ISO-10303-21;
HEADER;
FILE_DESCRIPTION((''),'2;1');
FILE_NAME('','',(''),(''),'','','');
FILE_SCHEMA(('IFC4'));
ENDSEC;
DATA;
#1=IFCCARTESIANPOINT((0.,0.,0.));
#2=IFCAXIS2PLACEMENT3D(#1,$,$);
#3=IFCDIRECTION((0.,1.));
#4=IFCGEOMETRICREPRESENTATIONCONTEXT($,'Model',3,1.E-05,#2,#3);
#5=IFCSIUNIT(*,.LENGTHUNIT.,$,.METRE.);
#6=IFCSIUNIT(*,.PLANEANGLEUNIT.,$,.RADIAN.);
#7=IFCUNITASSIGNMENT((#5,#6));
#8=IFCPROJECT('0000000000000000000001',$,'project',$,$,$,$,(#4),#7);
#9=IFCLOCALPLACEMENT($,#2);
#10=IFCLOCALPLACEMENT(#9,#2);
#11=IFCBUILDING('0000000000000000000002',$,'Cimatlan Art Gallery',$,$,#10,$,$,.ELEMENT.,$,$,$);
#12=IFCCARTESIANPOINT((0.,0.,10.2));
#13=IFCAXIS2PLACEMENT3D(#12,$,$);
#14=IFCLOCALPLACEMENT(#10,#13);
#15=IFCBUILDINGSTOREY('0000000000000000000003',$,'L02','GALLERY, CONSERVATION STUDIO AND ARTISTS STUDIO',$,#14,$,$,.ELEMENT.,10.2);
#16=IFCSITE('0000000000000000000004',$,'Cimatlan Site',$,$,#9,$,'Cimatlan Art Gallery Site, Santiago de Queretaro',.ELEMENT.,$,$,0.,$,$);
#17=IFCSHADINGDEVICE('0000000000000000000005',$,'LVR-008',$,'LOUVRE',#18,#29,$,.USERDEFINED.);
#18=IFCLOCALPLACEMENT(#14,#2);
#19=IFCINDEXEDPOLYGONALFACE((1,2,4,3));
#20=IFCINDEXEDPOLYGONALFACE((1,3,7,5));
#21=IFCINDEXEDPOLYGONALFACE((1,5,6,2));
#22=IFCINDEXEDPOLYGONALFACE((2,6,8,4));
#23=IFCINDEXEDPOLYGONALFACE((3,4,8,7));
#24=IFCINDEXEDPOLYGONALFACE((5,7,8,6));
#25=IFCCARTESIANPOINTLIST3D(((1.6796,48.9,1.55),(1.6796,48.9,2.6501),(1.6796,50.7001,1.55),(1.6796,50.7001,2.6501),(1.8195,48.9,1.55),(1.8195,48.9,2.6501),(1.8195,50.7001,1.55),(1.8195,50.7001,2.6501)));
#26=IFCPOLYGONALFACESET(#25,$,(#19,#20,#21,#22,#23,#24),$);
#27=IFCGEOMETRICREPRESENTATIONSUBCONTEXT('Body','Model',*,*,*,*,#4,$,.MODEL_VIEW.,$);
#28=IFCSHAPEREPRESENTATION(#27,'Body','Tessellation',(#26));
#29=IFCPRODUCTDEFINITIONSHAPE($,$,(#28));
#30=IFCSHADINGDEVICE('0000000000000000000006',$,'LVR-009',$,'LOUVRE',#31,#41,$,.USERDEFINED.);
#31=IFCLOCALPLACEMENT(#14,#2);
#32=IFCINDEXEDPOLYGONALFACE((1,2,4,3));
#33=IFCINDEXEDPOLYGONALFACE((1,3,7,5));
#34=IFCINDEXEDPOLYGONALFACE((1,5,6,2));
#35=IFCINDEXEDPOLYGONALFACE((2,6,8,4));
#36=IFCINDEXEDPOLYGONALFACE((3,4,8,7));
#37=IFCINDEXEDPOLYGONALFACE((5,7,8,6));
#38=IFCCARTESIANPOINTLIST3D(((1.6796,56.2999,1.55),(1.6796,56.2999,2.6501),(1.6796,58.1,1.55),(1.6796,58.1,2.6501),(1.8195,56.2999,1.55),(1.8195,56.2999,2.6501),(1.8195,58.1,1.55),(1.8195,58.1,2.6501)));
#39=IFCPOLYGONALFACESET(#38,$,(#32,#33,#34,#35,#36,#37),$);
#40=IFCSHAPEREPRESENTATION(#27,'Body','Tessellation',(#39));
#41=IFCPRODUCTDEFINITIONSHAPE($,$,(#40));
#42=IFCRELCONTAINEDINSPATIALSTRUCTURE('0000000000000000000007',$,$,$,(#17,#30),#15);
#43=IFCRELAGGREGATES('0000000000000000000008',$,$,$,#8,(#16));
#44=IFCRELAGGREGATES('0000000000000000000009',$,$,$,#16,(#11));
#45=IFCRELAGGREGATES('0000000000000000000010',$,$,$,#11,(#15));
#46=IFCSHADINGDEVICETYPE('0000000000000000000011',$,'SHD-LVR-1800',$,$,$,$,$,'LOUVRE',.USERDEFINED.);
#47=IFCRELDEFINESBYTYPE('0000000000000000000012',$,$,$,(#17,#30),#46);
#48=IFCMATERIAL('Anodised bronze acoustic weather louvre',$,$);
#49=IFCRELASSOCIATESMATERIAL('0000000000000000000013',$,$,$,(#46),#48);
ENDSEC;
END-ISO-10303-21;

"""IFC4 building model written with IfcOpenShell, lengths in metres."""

from ifc_helpers import new_model, si_unit, direction, frame, origin, origin_2d, place, context, subcontext, project, spatial, rectangle, extrude, material, type_object, element, save


model = new_model("IFC4")

# Units and contexts
model_context = context("Model", 3, precision=1e-05, world=origin(), true_north=direction((0.0, 1.0)))
body_context = subcontext(model_context, "Body", "Model", "MODEL_VIEW")
ifc_project = project(units=[si_unit("LENGTHUNIT", "METRE"), si_unit("PLANEANGLEUNIT", "RADIAN")], contexts=[model_context])

# Site, building, storey
site_placement = place(None, origin())
site = spatial("IfcSite", under=ifc_project, at=site_placement, Name="Cimatlan Site", LongName="Cimatlan Art Gallery Site, Santiago de Queretaro", CompositionType="ELEMENT", RefElevation=0.0)
building_placement = place(site_placement, origin())
building = spatial("IfcBuilding", under=site, at=building_placement, Name="Cimatlan Art Gallery", CompositionType="ELEMENT")
storey_placement = place(building_placement, frame((0.0, 0.0, 10.2)))
storey = spatial("IfcBuildingStorey", under=building, at=storey_placement, Name="L02", Description="GALLERY, CONSERVATION STUDIO AND ARTISTS STUDIO", CompositionType="ELEMENT", Elevation=10.2)

# Shading devices
ifc_material_1 = material(Name="Anodised bronze acoustic weather louvre")
shading_device_type_1 = type_object("IfcShadingDeviceType", Name="SHD-LVR-1800", ElementType="LOUVRE", PredefinedType="USERDEFINED", material=ifc_material_1)
for number, where, z_axis, x_axis, name in (
    (1, (1.7495, 49.8, 1.55), (0.0, 0.0, 1.0), (0.0, 1.0, 0.0), "LVR-008"),
    (2, (1.7495, 57.2, 1.55), (0.0, 0.0, 1.0), (0.0, 1.0, 0.0), "LVR-009"),
):
    element("IfcShadingDevice", number, at=place(storey_placement, frame(where, z_axis=z_axis, x_axis=x_axis)), inside=storey, type_object=shading_device_type_1, Name=name, ObjectType="LOUVRE", PredefinedType="USERDEFINED", context=body_context, shape_type="SweptSolid", body=[
        extrude(rectangle(XDim=1.8, YDim=0.1399, at=origin_2d()), origin(), (0.0, 0.0, 1.0), 1.1001),
    ])

save(model, "model.ifc")
